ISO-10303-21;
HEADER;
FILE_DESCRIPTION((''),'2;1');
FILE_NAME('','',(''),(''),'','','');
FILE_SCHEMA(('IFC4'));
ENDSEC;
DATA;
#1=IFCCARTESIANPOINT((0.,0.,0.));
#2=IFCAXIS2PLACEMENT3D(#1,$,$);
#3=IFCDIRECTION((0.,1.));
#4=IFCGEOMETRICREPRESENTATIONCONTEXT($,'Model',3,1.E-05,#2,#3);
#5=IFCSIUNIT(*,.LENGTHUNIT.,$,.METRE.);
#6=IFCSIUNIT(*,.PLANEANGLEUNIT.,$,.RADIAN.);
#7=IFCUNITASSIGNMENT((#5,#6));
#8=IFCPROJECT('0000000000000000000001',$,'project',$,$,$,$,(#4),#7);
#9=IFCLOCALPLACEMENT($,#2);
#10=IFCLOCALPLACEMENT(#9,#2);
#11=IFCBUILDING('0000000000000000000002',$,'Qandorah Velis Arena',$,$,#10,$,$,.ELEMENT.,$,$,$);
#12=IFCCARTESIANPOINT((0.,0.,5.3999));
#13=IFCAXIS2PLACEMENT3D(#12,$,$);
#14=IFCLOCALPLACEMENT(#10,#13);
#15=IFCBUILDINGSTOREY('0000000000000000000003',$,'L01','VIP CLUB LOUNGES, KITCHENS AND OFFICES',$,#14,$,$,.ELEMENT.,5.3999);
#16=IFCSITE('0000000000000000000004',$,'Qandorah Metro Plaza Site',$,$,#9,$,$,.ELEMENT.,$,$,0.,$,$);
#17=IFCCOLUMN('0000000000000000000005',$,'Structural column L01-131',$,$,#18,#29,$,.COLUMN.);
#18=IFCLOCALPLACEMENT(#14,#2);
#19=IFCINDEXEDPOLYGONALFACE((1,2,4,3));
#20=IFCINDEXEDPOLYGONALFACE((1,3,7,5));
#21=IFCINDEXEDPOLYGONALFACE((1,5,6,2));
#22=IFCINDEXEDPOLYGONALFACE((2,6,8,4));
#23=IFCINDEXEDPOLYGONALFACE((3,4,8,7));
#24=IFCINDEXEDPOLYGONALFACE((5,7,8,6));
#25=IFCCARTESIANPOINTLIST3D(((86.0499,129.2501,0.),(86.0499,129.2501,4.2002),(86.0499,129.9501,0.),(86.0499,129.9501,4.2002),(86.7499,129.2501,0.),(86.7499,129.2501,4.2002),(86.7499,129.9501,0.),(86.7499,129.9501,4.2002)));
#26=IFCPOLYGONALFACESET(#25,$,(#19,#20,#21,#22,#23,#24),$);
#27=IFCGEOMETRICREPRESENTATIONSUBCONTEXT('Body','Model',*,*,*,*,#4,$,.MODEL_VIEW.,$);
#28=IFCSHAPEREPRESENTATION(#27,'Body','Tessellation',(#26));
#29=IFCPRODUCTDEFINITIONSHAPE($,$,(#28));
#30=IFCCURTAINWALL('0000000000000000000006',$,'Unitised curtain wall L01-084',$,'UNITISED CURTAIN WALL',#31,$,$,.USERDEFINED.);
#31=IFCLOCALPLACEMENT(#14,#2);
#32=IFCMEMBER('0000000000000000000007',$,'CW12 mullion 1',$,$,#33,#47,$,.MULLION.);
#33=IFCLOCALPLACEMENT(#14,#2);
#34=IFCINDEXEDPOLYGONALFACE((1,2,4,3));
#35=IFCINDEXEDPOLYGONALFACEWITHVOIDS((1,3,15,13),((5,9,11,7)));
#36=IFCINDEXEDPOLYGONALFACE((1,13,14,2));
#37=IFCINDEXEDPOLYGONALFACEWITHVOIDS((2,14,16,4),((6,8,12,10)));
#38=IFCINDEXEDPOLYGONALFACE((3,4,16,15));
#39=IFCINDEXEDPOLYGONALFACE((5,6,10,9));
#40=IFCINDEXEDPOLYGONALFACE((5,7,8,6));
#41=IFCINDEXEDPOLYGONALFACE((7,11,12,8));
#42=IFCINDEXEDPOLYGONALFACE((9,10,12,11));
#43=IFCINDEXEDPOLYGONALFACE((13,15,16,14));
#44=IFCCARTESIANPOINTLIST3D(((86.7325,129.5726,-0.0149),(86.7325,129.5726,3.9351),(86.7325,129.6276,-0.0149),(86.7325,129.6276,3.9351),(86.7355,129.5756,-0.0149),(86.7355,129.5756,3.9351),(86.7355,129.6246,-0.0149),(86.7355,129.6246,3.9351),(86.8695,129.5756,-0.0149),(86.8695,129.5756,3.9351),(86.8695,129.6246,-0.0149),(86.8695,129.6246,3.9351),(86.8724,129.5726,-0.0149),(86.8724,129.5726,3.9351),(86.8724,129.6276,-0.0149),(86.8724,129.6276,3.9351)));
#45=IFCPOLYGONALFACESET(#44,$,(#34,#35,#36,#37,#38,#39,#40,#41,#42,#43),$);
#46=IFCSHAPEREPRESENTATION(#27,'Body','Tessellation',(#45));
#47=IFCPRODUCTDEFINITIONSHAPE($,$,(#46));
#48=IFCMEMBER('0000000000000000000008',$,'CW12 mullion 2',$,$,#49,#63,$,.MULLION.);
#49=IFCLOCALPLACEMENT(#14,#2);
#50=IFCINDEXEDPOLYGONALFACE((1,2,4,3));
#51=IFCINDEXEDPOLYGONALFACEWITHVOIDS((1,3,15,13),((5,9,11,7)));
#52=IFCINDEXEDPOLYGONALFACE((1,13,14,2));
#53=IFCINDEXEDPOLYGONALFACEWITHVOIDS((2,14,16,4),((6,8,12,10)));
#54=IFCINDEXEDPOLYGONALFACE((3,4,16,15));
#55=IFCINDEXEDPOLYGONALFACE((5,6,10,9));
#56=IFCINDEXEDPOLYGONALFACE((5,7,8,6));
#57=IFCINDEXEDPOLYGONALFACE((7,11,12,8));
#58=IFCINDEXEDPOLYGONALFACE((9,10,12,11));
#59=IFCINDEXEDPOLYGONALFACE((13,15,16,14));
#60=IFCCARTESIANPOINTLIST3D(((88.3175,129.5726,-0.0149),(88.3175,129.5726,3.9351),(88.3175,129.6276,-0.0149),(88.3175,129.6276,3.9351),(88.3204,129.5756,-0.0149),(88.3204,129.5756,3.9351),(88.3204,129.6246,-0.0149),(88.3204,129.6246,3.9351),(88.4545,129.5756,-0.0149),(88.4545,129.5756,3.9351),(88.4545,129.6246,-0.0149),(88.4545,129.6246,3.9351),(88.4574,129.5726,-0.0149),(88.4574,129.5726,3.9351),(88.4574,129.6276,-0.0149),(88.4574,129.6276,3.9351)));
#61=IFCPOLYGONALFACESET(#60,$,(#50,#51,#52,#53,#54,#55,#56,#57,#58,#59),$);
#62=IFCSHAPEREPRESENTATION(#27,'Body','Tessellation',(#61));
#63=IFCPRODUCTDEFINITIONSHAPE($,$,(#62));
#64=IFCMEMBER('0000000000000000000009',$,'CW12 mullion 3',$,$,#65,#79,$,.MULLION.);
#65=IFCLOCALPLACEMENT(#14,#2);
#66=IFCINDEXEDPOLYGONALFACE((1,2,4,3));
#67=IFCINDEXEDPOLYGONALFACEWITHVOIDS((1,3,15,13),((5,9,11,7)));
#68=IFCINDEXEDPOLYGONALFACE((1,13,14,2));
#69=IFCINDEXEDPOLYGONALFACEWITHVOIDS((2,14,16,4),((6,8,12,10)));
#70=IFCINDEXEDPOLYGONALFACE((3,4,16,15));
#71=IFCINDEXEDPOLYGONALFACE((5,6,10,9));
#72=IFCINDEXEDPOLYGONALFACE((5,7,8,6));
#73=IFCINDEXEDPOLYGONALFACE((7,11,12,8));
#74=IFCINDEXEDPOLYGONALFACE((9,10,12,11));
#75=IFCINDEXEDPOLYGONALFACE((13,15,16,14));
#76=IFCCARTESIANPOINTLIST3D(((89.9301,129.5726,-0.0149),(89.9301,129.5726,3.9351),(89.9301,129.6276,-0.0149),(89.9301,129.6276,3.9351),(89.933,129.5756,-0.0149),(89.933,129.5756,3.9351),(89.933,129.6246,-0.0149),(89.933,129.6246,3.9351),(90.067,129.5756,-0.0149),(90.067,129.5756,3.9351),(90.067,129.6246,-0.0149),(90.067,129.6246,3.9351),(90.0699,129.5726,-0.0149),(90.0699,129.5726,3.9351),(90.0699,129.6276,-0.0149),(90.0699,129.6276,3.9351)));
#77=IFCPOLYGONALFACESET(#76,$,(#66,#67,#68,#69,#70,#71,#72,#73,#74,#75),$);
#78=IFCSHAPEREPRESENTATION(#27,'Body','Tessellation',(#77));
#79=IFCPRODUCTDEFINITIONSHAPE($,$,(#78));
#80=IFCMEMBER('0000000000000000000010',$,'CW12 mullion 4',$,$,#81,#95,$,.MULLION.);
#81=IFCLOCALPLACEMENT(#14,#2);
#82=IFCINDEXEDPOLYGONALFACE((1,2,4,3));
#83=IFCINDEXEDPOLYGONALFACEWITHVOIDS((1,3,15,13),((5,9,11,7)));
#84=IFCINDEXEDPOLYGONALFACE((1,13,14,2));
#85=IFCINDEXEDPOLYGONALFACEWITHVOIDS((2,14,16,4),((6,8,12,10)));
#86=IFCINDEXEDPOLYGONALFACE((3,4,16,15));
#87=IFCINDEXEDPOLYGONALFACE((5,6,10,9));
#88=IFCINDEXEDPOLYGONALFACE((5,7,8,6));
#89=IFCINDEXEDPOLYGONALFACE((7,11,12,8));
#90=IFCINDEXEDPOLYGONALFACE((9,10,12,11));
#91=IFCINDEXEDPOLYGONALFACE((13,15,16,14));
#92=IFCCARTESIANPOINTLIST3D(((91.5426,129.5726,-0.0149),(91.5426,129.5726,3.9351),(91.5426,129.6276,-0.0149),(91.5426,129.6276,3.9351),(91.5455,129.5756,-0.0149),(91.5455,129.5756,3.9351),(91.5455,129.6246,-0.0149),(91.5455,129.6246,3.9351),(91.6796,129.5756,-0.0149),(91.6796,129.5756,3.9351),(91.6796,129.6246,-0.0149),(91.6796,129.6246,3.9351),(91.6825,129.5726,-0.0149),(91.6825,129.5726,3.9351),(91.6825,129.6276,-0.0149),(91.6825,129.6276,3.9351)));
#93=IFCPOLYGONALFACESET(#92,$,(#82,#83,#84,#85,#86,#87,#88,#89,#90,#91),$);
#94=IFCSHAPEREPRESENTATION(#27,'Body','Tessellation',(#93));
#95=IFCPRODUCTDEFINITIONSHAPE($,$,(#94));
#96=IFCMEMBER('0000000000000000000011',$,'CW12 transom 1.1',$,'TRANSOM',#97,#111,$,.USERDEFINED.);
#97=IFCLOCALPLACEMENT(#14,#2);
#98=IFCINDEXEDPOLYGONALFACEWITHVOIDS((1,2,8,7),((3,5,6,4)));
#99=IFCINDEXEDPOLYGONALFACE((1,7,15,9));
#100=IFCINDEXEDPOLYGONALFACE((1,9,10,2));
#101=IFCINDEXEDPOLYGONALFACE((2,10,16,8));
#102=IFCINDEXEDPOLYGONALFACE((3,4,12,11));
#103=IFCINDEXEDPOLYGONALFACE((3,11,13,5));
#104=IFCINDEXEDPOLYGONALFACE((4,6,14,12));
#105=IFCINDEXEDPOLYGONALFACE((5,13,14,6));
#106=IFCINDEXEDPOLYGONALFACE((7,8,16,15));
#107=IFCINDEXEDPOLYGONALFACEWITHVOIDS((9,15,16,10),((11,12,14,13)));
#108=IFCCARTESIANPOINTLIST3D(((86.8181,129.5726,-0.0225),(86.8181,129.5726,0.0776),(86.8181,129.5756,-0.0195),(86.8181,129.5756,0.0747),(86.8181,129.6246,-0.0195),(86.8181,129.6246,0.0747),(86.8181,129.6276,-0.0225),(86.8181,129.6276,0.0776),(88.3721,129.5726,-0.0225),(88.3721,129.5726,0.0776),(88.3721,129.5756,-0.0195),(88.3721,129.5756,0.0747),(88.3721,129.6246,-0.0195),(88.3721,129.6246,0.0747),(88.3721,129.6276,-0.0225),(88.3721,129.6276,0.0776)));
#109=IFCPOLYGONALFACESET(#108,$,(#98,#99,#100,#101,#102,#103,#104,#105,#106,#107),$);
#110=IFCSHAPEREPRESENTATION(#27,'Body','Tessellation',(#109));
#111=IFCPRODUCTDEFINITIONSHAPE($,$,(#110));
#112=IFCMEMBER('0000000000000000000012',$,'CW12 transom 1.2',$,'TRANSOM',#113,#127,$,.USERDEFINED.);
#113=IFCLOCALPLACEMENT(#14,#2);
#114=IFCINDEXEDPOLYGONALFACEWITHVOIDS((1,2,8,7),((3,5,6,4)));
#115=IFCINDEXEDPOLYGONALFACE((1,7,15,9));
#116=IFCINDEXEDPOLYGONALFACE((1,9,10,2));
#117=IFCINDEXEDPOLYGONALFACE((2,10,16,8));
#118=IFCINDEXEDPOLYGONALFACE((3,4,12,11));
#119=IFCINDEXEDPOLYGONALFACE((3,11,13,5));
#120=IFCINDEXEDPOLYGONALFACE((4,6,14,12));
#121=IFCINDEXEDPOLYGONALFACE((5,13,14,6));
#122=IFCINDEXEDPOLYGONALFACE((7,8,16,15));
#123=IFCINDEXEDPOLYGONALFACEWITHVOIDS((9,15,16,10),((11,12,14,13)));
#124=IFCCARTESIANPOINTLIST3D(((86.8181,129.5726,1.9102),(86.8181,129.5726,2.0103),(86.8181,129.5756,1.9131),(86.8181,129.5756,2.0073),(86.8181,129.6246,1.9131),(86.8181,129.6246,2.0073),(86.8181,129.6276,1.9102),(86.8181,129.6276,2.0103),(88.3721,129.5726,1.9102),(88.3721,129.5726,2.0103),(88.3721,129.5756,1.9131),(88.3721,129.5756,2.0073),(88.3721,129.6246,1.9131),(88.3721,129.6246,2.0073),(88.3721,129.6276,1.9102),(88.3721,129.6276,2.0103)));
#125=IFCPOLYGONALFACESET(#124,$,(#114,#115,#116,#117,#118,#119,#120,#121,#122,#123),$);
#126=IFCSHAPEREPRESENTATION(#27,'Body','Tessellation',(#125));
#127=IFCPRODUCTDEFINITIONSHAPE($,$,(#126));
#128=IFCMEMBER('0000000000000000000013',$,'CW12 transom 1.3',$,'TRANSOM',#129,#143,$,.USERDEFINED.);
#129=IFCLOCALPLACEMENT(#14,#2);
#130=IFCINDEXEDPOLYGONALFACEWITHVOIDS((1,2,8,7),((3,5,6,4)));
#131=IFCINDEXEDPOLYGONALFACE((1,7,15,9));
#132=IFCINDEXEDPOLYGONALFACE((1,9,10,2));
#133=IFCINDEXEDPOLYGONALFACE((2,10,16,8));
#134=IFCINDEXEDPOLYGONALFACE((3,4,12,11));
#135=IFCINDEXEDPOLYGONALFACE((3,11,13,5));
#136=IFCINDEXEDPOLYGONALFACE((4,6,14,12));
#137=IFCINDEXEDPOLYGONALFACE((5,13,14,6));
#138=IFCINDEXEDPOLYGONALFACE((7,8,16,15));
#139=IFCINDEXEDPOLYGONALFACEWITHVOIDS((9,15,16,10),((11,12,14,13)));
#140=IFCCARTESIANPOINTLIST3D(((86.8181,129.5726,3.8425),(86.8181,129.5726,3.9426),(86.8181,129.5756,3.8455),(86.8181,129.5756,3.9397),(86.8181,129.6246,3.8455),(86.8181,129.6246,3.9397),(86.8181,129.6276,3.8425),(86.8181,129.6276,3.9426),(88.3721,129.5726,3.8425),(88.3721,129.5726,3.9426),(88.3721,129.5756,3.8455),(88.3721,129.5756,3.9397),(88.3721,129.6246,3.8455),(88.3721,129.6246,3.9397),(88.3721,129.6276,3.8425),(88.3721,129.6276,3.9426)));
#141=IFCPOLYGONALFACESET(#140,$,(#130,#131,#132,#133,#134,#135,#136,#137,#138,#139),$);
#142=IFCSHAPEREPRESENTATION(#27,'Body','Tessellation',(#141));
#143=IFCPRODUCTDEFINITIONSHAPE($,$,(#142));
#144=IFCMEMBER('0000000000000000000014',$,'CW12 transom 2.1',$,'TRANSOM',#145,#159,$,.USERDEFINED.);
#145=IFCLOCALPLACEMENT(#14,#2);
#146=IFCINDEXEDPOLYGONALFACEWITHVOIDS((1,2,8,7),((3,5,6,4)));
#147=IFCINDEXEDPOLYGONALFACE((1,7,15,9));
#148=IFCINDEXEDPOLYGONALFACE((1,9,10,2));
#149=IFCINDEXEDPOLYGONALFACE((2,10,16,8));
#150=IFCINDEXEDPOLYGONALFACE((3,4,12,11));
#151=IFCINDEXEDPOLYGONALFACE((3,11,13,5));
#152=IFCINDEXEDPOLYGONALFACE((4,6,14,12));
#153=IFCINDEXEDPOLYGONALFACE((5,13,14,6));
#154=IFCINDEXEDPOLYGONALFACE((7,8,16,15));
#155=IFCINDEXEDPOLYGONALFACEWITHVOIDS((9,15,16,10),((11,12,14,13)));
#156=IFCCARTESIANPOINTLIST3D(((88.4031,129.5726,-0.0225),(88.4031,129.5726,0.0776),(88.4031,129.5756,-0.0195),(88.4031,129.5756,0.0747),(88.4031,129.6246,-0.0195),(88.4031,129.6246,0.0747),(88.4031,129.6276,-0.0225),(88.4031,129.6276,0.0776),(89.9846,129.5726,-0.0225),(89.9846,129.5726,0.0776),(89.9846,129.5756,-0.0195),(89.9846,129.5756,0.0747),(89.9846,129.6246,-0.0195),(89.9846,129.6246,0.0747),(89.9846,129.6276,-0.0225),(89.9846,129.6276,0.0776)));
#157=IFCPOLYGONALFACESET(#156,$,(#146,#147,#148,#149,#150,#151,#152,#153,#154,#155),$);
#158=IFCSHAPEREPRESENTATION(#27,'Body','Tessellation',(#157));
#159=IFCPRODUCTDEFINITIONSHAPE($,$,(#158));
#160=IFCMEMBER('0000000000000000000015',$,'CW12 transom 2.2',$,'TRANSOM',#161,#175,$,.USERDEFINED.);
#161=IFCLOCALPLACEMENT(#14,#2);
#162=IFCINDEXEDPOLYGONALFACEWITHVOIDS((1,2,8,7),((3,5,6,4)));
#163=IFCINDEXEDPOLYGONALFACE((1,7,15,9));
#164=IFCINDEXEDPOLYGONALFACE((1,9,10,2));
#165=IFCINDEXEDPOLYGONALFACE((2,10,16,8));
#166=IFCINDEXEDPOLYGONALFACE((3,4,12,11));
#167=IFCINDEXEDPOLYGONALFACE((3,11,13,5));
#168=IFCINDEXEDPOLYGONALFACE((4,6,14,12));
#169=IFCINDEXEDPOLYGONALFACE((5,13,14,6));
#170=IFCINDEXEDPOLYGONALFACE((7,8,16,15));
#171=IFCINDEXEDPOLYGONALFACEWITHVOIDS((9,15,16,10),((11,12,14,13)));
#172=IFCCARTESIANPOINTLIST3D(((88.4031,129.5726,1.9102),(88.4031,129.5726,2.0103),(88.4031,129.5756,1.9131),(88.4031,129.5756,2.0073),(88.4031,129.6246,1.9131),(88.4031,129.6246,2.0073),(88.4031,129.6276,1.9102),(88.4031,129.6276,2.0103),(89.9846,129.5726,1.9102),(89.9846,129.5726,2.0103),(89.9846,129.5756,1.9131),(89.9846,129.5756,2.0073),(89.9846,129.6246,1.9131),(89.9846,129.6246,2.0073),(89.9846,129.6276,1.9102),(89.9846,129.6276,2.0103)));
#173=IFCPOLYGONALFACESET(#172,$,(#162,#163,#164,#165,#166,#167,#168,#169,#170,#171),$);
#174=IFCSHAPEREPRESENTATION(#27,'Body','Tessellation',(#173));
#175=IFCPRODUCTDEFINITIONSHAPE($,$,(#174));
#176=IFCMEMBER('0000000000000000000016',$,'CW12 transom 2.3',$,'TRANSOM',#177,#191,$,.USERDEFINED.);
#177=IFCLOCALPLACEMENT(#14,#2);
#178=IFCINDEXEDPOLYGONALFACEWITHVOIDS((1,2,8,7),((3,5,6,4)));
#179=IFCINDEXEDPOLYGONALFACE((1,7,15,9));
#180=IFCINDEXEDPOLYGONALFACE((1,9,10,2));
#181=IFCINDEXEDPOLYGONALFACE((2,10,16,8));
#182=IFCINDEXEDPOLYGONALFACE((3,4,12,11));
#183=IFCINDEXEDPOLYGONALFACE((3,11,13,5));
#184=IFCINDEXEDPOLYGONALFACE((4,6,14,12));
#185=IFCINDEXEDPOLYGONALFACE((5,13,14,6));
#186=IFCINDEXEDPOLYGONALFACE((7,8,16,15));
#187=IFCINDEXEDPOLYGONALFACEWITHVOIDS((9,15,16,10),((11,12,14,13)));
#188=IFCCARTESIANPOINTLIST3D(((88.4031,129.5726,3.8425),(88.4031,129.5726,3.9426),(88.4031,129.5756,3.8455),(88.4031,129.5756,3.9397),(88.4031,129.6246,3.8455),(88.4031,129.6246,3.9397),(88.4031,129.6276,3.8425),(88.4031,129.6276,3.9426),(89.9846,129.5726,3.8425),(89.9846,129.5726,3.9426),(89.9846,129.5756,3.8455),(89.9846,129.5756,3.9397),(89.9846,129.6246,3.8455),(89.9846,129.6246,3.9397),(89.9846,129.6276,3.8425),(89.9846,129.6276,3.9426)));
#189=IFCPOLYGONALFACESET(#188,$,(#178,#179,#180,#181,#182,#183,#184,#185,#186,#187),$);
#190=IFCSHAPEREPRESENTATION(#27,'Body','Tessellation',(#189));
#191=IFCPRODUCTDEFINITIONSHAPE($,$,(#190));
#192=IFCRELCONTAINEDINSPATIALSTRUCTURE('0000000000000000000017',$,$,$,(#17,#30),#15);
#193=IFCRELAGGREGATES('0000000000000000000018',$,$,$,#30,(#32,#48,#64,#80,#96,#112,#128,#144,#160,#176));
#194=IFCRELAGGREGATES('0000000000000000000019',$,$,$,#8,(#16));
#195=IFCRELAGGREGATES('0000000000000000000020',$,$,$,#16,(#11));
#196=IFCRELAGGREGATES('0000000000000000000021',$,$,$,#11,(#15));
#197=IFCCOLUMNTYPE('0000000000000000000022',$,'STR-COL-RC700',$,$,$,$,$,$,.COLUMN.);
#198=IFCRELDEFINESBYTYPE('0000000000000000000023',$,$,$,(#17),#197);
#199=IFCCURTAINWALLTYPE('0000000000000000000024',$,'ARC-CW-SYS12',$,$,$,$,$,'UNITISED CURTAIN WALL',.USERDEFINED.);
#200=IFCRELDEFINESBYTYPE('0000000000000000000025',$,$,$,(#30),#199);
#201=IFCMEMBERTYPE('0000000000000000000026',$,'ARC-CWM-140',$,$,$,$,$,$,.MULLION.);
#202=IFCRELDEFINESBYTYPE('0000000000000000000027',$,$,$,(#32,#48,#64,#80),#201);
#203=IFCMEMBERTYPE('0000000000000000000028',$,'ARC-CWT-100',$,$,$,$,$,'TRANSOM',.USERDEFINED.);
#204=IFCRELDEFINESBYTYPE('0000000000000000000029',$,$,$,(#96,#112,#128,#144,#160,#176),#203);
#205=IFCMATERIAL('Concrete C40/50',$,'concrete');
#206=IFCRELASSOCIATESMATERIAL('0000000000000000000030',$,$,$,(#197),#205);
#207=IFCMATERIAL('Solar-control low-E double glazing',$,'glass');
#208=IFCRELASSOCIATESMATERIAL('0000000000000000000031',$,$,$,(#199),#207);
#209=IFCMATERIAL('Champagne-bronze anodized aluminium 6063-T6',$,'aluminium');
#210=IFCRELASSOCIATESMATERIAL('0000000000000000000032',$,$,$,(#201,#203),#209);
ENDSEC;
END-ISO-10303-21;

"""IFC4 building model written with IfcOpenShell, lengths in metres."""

from ifc_helpers import new_model, si_unit, direction, frame, origin, origin_2d, place, context, subcontext, project, spatial, rectangle, hollow_rectangle, extrude, material, material_profile, profile_set, type_object, element, aggregate, save


model = new_model("IFC4")

# Units and contexts
model_context = context("Model", 3, precision=1e-05, world=origin(), true_north=direction((0.0, 1.0)))
body_context = subcontext(model_context, "Body", "Model", "MODEL_VIEW")
ifc_project = project(units=[si_unit("LENGTHUNIT", "METRE"), si_unit("PLANEANGLEUNIT", "RADIAN")], contexts=[model_context])

# Site, building, storey
site_placement = place(None, origin())
site = spatial("IfcSite", under=ifc_project, at=site_placement, Name="Qandorah Metro Plaza Site", CompositionType="ELEMENT", RefElevation=0.0)
building_placement = place(site_placement, origin())
building = spatial("IfcBuilding", under=site, at=building_placement, Name="Qandorah Velis Arena", CompositionType="ELEMENT")
storey_placement = place(building_placement, frame((0.0, 0.0, 5.3999)))
storey = spatial("IfcBuildingStorey", under=building, at=storey_placement, Name="L01", Description="VIP CLUB LOUNGES, KITCHENS AND OFFICES", CompositionType="ELEMENT", Elevation=5.3999)

# Column
ifc_material_1 = material(Name="Concrete C40/50", Category="concrete")
ifc_material_profile_1 = material_profile(ifc_material_1, rectangle(XDim=0.7, YDim=0.7, at=origin_2d()), Name="RC COL 700x700")
ifc_profile_set_1 = profile_set([ifc_material_profile_1], Name="Concrete C40/50")
column_type = type_object("IfcColumnType", Name="STR-COL-RC700", PredefinedType="COLUMN", material=ifc_profile_set_1)
column_placement = place(storey_placement, frame((86.3999, 129.6001, 0.0), z_axis=(0.0, 0.0, 1.0), x_axis=(1.0, 0.0, 0.0)))
element("IfcColumn", 1, at=column_placement, inside=storey, type_object=column_type, Name="Structural column L01-131", PredefinedType="COLUMN", context=body_context, shape_type="SweptSolid", body=[
    extrude(rectangle(XDim=0.7, YDim=0.7, at=origin_2d()), origin(), (0.0, 0.0, 1.0), 4.2002),
])

# Curtain wall, members
ifc_material_2 = material(Name="Solar-control low-E double glazing", Category="glass")
curtain_wall_type = type_object("IfcCurtainWallType", Name="ARC-CW-SYS12", ElementType="UNITISED CURTAIN WALL", PredefinedType="USERDEFINED", material=ifc_material_2)
curtain_wall_placement = place(storey_placement, origin())
curtain_wall = element("IfcCurtainWall", 2, at=curtain_wall_placement, inside=storey, type_object=curtain_wall_type, Name="Unitised curtain wall L01-084", ObjectType="UNITISED CURTAIN WALL", PredefinedType="USERDEFINED")
ifc_material_3 = material(Name="Champagne-bronze anodized aluminium 6063-T6", Category="aluminium")
ifc_material_profile_2 = material_profile(ifc_material_3, hollow_rectangle(XDim=0.0549, YDim=0.1399, WallThickness=0.0029, at=origin_2d()), Name="ALU MULLION 55x140")
ifc_profile_set_2 = profile_set([ifc_material_profile_2], Name="Champagne-bronze anodized aluminium 6063-T6")
member_type_1 = type_object("IfcMemberType", Name="ARC-CWM-140", PredefinedType="MULLION", material=ifc_profile_set_2)
member_1_placement = place(storey_placement, frame((86.8025, 129.6001, -0.0149), z_axis=(0.0, 0.0, 1.0), x_axis=(0.0, 1.0, 0.0)))
member_1 = element("IfcMember", 3, at=member_1_placement, type_object=member_type_1, Name="CW12 mullion 1", PredefinedType="MULLION", context=body_context, shape_type="SweptSolid", body=[
    extrude(hollow_rectangle(XDim=0.0549, YDim=0.1399, WallThickness=0.0029, at=origin_2d()), origin(), (0.0, 0.0, 1.0), 3.95),
])
member_2_placement = place(storey_placement, frame((88.3875, 129.6001, -0.0149), z_axis=(0.0, 0.0, 1.0), x_axis=(0.0, 1.0, 0.0)))
member_2 = element("IfcMember", 4, at=member_2_placement, type_object=member_type_1, Name="CW12 mullion 2", PredefinedType="MULLION", context=body_context, shape_type="SweptSolid", body=[
    extrude(hollow_rectangle(XDim=0.0549, YDim=0.1399, WallThickness=0.0029, at=origin_2d()), origin(), (0.0, 0.0, 1.0), 3.95),
])
member_3_placement = place(storey_placement, frame((90.0, 129.6001, -0.0149), z_axis=(0.0, 0.0, 1.0), x_axis=(0.0, 1.0, 0.0)))
member_3 = element("IfcMember", 5, at=member_3_placement, type_object=member_type_1, Name="CW12 mullion 3", PredefinedType="MULLION", context=body_context, shape_type="SweptSolid", body=[
    extrude(hollow_rectangle(XDim=0.0549, YDim=0.1399, WallThickness=0.0029, at=origin_2d()), origin(), (0.0, 0.0, 1.0), 3.95),
])
member_4_placement = place(storey_placement, frame((91.6125, 129.6001, -0.0149), z_axis=(0.0, 0.0, 1.0), x_axis=(0.0, 1.0, 0.0)))
member_4 = element("IfcMember", 6, at=member_4_placement, type_object=member_type_1, Name="CW12 mullion 4", PredefinedType="MULLION", context=body_context, shape_type="SweptSolid", body=[
    extrude(hollow_rectangle(XDim=0.0549, YDim=0.1399, WallThickness=0.0029, at=origin_2d()), origin(), (0.0, 0.0, 1.0), 3.95),
])
ifc_material_profile_3 = material_profile(ifc_material_3, hollow_rectangle(XDim=0.0549, YDim=0.1001, WallThickness=0.0029, at=origin_2d()), Name="ALU TRANSOM 55x100")
ifc_profile_set_3 = profile_set([ifc_material_profile_3], Name="Champagne-bronze anodized aluminium 6063-T6")
member_type_2 = type_object("IfcMemberType", Name="ARC-CWT-100", ElementType="TRANSOM", PredefinedType="USERDEFINED", material=ifc_profile_set_3)
member_5_placement = place(storey_placement, frame((86.8181, 129.6001, 0.0276), z_axis=(1.0, 0.0, 0.0), x_axis=(0.0, 1.0, 0.0)))
member_5 = element("IfcMember", 7, at=member_5_placement, type_object=member_type_2, Name="CW12 transom 1.1", ObjectType="TRANSOM", PredefinedType="USERDEFINED", context=body_context, shape_type="SweptSolid", body=[
    extrude(hollow_rectangle(XDim=0.0549, YDim=0.1001, WallThickness=0.0029, at=origin_2d()), origin(), (0.0, 0.0, 1.0), 1.554),
])
member_6_placement = place(storey_placement, frame((86.8181, 129.6001, 1.9602), z_axis=(1.0, 0.0, 0.0), x_axis=(0.0, 1.0, 0.0)))
member_6 = element("IfcMember", 8, at=member_6_placement, type_object=member_type_2, Name="CW12 transom 1.2", ObjectType="TRANSOM", PredefinedType="USERDEFINED", context=body_context, shape_type="SweptSolid", body=[
    extrude(hollow_rectangle(XDim=0.0549, YDim=0.1001, WallThickness=0.0029, at=origin_2d()), origin(), (0.0, 0.0, 1.0), 1.554),
])
member_7_placement = place(storey_placement, frame((86.8181, 129.6001, 3.8926), z_axis=(1.0, 0.0, 0.0), x_axis=(0.0, 1.0, 0.0)))
member_7 = element("IfcMember", 9, at=member_7_placement, type_object=member_type_2, Name="CW12 transom 1.3", ObjectType="TRANSOM", PredefinedType="USERDEFINED", context=body_context, shape_type="SweptSolid", body=[
    extrude(hollow_rectangle(XDim=0.0549, YDim=0.1001, WallThickness=0.0029, at=origin_2d()), origin(), (0.0, 0.0, 1.0), 1.554),
])
member_8_placement = place(storey_placement, frame((88.4031, 129.6001, 0.0276), z_axis=(1.0, 0.0, 0.0), x_axis=(0.0, 1.0, 0.0)))
member_8 = element("IfcMember", 10, at=member_8_placement, type_object=member_type_2, Name="CW12 transom 2.1", ObjectType="TRANSOM", PredefinedType="USERDEFINED", context=body_context, shape_type="SweptSolid", body=[
    extrude(hollow_rectangle(XDim=0.0549, YDim=0.1001, WallThickness=0.0029, at=origin_2d()), origin(), (0.0, 0.0, 1.0), 1.5815),
])
member_9_placement = place(storey_placement, frame((88.4031, 129.6001, 1.9602), z_axis=(1.0, 0.0, 0.0), x_axis=(0.0, 1.0, 0.0)))
member_9 = element("IfcMember", 11, at=member_9_placement, type_object=member_type_2, Name="CW12 transom 2.2", ObjectType="TRANSOM", PredefinedType="USERDEFINED", context=body_context, shape_type="SweptSolid", body=[
    extrude(hollow_rectangle(XDim=0.0549, YDim=0.1001, WallThickness=0.0029, at=origin_2d()), origin(), (0.0, 0.0, 1.0), 1.5815),
])
member_10_placement = place(storey_placement, frame((88.4031, 129.6001, 3.8926), z_axis=(1.0, 0.0, 0.0), x_axis=(0.0, 1.0, 0.0)))
member_10 = element("IfcMember", 12, at=member_10_placement, type_object=member_type_2, Name="CW12 transom 2.3", ObjectType="TRANSOM", PredefinedType="USERDEFINED", context=body_context, shape_type="SweptSolid", body=[
    extrude(hollow_rectangle(XDim=0.0549, YDim=0.1001, WallThickness=0.0029, at=origin_2d()), origin(), (0.0, 0.0, 1.0), 1.5815),
])

aggregate(curtain_wall, [member_1, member_2, member_3, member_4, member_5, member_6, member_7, member_8, member_9, member_10])

save(model, "model.ifc")
